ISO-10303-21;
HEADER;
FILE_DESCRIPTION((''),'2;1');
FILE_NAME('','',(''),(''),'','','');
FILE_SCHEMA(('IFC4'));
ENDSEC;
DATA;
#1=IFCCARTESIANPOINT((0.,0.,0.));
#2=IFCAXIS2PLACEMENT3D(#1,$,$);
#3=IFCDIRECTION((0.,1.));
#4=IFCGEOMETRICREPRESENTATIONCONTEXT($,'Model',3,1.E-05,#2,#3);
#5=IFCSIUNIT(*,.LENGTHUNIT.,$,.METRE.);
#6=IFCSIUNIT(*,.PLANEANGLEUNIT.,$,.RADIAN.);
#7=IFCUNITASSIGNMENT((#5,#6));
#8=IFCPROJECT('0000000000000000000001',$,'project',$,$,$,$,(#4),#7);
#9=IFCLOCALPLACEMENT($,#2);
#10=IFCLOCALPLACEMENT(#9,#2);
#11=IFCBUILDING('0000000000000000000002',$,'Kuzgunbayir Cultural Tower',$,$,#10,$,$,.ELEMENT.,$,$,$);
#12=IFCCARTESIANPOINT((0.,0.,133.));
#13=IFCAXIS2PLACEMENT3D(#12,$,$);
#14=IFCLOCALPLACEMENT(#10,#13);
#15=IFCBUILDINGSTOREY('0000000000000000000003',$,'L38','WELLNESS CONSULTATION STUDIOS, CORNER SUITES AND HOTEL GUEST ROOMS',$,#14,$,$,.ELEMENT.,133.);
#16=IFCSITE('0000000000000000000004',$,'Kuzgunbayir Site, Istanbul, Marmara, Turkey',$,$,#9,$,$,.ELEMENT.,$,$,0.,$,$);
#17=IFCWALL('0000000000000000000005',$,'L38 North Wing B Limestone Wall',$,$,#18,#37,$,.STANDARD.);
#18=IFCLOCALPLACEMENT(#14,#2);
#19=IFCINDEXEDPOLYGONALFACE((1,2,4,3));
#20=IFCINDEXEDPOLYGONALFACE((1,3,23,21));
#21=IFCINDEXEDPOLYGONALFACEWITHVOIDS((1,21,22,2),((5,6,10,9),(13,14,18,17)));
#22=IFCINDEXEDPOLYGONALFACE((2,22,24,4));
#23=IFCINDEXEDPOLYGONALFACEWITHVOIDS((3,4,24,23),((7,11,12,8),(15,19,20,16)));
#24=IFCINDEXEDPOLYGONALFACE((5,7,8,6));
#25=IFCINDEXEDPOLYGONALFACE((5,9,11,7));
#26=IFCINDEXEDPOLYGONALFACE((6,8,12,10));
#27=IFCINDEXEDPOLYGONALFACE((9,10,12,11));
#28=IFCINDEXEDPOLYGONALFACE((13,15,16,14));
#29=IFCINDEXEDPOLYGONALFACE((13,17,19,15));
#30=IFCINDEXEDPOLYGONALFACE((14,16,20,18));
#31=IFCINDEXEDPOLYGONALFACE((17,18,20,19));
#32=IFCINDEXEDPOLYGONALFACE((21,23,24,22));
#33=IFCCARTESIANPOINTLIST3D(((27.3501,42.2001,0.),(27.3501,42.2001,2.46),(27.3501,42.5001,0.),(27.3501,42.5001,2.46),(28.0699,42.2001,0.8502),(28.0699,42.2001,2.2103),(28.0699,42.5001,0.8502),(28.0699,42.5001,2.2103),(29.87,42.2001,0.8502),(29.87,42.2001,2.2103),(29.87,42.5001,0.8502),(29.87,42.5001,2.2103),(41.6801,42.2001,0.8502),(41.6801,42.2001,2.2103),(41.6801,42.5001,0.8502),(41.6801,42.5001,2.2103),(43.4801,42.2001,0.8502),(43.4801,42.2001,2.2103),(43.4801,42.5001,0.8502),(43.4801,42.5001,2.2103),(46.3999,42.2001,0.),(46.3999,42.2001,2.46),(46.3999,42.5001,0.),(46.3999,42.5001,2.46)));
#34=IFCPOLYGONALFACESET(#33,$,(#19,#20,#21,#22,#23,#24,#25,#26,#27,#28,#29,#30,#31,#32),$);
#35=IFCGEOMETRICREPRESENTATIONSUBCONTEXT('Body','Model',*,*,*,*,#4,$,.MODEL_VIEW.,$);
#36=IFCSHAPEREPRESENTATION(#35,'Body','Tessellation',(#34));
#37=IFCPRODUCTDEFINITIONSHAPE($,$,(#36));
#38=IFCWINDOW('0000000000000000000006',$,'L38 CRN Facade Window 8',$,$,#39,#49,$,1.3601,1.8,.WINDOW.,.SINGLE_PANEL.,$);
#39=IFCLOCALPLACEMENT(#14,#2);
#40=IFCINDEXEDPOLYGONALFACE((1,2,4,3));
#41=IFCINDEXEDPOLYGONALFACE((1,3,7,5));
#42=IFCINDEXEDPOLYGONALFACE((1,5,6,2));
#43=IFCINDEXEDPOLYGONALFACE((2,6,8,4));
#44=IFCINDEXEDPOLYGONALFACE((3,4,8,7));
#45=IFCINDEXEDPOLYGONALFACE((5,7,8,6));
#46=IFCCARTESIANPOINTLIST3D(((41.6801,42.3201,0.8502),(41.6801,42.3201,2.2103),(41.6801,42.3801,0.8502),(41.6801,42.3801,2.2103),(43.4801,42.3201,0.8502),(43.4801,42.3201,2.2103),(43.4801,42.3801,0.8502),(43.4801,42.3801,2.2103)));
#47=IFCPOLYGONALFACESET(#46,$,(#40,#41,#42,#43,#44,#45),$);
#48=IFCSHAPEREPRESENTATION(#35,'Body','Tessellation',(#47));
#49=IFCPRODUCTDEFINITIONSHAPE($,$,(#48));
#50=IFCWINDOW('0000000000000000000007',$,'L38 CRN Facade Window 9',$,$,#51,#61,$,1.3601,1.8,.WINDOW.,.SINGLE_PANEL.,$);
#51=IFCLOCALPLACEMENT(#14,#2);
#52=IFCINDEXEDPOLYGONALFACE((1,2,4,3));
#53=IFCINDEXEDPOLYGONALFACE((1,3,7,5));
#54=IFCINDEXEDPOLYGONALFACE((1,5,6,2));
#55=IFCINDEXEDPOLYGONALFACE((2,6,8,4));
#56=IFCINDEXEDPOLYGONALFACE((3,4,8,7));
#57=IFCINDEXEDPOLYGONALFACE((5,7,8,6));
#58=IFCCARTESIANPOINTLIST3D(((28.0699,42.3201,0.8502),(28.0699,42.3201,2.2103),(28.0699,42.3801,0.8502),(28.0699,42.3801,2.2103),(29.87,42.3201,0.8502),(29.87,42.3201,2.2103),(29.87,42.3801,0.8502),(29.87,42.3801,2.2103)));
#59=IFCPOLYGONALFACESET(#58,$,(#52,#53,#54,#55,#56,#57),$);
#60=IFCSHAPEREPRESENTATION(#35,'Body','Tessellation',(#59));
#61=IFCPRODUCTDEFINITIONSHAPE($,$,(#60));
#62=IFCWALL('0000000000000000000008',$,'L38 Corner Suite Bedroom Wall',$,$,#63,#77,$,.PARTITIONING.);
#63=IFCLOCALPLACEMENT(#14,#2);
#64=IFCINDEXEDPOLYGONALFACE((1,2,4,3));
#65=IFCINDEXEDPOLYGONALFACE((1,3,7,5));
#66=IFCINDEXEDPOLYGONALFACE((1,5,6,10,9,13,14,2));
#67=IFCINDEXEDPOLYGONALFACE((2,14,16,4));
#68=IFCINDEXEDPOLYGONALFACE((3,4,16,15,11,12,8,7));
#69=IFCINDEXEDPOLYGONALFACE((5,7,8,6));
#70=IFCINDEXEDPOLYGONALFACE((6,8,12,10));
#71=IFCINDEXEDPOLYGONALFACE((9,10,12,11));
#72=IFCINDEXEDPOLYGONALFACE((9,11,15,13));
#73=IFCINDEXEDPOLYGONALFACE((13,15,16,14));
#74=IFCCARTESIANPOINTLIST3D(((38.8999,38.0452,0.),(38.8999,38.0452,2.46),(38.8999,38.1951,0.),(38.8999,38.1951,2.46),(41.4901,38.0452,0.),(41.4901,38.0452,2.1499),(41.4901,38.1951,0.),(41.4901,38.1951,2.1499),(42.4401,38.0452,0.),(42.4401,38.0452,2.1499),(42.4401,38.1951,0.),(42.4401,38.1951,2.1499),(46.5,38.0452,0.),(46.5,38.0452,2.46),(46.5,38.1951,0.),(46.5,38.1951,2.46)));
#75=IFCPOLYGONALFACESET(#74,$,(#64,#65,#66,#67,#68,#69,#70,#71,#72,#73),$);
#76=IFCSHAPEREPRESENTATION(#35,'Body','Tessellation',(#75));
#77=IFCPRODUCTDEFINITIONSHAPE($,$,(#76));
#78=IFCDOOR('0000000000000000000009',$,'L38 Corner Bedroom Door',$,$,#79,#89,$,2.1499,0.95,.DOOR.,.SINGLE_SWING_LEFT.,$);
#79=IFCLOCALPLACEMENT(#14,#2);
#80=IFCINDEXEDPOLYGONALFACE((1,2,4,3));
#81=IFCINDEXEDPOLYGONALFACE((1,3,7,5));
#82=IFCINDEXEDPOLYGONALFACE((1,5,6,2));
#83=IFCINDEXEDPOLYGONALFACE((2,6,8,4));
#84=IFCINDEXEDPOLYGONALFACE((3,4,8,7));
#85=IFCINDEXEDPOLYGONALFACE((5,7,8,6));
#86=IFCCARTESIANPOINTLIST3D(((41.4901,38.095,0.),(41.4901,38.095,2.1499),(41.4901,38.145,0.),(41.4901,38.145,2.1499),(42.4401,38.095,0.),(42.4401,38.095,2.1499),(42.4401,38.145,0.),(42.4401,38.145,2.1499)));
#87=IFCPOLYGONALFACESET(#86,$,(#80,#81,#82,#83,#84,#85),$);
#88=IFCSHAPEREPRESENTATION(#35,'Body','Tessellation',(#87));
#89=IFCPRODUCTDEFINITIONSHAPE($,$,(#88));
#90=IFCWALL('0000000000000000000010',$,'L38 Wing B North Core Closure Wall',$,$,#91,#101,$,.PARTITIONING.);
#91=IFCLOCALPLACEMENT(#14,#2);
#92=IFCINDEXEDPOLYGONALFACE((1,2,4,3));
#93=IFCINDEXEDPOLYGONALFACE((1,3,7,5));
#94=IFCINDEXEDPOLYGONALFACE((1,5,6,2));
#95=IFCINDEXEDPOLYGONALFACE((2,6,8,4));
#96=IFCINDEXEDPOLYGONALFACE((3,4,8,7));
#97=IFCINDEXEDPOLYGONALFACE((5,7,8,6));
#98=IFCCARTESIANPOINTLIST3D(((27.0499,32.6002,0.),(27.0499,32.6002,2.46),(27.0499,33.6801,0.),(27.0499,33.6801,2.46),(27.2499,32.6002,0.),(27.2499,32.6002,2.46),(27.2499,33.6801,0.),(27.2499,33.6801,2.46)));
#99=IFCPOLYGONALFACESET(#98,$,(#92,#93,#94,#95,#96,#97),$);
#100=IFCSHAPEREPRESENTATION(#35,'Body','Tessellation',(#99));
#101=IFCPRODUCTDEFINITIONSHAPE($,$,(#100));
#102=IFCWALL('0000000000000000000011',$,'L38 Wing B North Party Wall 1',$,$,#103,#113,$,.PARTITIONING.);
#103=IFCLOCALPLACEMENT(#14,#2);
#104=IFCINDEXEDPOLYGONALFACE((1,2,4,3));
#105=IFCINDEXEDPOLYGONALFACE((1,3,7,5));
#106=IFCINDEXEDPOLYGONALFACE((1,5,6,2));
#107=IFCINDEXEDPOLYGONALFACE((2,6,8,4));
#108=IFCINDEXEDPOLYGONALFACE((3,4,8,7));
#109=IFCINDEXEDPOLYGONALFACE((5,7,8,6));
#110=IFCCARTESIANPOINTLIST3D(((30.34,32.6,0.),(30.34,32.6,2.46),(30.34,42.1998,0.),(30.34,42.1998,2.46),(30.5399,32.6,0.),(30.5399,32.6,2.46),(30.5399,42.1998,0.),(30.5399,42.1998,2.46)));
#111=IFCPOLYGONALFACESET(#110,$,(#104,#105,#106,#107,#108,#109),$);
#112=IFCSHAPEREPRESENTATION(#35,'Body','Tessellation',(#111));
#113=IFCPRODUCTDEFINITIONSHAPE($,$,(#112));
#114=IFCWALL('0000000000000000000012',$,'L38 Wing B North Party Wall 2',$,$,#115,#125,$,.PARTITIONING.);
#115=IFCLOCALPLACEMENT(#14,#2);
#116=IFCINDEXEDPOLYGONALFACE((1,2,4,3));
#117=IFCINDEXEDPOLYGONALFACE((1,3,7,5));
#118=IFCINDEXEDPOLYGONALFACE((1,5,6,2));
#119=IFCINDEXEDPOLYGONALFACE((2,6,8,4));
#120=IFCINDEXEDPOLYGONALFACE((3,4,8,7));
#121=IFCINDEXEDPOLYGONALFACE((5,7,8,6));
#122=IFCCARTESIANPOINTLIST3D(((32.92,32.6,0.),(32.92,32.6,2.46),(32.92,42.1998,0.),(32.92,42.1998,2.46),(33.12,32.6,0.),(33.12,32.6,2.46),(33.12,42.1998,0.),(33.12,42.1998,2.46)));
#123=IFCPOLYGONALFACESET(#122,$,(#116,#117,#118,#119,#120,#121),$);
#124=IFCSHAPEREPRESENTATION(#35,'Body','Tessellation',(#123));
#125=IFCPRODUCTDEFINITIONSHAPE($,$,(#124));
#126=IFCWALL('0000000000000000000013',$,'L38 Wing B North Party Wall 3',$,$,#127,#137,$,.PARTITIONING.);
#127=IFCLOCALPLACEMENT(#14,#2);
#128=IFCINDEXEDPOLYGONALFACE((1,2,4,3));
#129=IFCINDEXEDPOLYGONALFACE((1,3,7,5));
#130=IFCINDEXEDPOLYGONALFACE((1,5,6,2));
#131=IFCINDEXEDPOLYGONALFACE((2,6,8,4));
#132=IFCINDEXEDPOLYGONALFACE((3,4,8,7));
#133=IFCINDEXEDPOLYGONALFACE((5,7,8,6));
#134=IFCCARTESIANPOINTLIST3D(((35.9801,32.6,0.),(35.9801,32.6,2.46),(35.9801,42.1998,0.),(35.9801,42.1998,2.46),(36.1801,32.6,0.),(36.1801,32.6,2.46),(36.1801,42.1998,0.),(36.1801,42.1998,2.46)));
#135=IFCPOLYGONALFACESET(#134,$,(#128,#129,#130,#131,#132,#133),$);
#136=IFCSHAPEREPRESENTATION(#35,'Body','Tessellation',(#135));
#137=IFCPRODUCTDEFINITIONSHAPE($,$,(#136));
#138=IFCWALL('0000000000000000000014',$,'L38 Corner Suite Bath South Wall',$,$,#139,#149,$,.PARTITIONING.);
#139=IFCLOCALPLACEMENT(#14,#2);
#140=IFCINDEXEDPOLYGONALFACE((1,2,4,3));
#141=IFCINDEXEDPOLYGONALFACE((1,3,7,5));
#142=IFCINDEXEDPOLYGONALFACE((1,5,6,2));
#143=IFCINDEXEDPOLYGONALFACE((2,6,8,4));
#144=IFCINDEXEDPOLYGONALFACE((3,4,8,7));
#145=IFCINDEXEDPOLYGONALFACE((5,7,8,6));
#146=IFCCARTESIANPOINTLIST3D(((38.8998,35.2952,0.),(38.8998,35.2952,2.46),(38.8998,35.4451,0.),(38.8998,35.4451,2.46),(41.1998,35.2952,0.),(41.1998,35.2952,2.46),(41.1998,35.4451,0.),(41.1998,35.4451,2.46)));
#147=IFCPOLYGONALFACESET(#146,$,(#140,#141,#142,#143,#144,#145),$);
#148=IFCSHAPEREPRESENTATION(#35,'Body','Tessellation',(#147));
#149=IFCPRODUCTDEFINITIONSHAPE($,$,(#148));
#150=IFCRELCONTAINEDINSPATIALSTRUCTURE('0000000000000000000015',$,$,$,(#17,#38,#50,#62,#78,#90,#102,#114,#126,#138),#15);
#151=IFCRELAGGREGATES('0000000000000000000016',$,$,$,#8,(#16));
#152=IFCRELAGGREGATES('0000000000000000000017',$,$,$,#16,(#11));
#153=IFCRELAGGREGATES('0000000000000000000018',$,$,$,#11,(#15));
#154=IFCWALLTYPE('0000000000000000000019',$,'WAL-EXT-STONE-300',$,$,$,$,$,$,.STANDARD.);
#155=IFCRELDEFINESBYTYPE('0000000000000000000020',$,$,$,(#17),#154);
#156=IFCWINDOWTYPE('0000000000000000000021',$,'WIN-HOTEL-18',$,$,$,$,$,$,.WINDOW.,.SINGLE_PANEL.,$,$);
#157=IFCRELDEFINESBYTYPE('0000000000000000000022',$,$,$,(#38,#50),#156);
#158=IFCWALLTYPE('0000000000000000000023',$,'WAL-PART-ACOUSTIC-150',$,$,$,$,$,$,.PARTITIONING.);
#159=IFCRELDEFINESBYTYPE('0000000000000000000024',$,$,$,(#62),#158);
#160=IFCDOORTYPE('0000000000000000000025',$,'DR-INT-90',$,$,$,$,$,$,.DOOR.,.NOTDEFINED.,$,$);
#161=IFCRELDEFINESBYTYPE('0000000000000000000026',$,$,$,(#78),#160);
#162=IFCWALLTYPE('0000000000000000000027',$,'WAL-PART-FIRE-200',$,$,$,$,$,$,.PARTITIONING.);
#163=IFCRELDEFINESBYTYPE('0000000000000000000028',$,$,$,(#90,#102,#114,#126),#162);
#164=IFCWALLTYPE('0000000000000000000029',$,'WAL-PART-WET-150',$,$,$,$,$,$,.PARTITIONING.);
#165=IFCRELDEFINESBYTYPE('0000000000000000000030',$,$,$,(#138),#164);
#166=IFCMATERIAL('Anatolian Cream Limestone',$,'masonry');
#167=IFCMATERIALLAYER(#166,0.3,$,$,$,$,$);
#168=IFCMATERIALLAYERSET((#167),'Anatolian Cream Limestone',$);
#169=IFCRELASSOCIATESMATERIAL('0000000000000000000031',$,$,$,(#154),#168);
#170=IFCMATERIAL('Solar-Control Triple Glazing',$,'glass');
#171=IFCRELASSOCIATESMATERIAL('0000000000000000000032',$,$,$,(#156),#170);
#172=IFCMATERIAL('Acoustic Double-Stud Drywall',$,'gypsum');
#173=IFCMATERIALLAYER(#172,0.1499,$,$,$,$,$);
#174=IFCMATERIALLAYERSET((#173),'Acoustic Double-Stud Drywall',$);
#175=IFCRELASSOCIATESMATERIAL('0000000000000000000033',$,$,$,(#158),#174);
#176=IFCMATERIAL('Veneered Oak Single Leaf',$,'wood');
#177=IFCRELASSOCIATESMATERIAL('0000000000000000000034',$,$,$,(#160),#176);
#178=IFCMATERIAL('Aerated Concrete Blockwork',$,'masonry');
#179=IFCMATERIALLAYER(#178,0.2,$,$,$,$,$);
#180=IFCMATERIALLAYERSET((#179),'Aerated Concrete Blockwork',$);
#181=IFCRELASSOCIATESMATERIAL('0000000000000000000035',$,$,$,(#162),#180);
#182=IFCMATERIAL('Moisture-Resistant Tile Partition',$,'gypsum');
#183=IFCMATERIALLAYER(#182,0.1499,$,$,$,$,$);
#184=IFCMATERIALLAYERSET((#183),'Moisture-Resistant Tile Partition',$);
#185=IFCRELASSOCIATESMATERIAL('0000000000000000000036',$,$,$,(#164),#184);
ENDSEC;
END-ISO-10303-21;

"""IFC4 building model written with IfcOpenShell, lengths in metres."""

from ifc_helpers import new_model, si_unit, direction, frame, frame_2d, origin, place, context, subcontext, project, spatial, rectangle, extrude, material, layer, layer_set, type_object, element, fill, save


model = new_model("IFC4")

# Units and contexts
model_context = context("Model", 3, precision=1e-05, world=origin(), true_north=direction((0.0, 1.0)))
body_context = subcontext(model_context, "Body", "Model", "MODEL_VIEW")
ifc_project = project(units=[si_unit("LENGTHUNIT", "METRE"), si_unit("PLANEANGLEUNIT", "RADIAN")], contexts=[model_context])

# Site, building, storey
site_placement = place(None, origin())
site = spatial("IfcSite", under=ifc_project, at=site_placement, Name="Kuzgunbayir Site, Istanbul, Marmara, Turkey", CompositionType="ELEMENT", RefElevation=0.0)
building_placement = place(site_placement, origin())
building = spatial("IfcBuilding", under=site, at=building_placement, Name="Kuzgunbayir Cultural Tower", CompositionType="ELEMENT")
storey_placement = place(building_placement, frame((0.0, 0.0, 133.0)))
storey = spatial("IfcBuildingStorey", under=building, at=storey_placement, Name="L38", Description="WELLNESS CONSULTATION STUDIOS, CORNER SUITES AND HOTEL GUEST ROOMS", CompositionType="ELEMENT", Elevation=133.0)

# Wall, openings, windows
ifc_material_1 = material(Name="Anatolian Cream Limestone", Category="masonry")
ifc_layer_1 = layer(ifc_material_1, 0.3)
ifc_layer_set_1 = layer_set([ifc_layer_1], Name="Anatolian Cream Limestone")
wall_type_1 = type_object("IfcWallType", Name="WAL-EXT-STONE-300", PredefinedType="STANDARD", material=ifc_layer_set_1)
wall_1_placement = place(storey_placement, frame((46.3999, 42.3501, 0.0), z_axis=(0.0, 0.0, 1.0), x_axis=(-1.0, 0.0, 0.0)))
wall_1 = element("IfcWall", 1, at=wall_1_placement, inside=storey, type_object=wall_type_1, Name="L38 North Wing B Limestone Wall", PredefinedType="STANDARD", context=body_context, shape_type="SweptSolid", body=[
    extrude(rectangle(XDim=19.0498, YDim=0.3, at=frame_2d((9.5249, 0.0))), origin(), (0.0, 0.0, 1.0), 2.46),
])
opening_1_placement = place(wall_1_placement, frame((2.9199, 0.0, 0.8501)))
opening_1 = element("IfcOpeningElement", 2, at=opening_1_placement, cuts=wall_1, PredefinedType="OPENING", context=body_context, shape_type="SweptSolid", body=[
    extrude(rectangle(XDim=1.8, YDim=1.3601, at=frame_2d((0.8999, 0.6802))), frame((0.0, 0.1602, 0.0), z_axis=(0.0, -1.0, 0.0), x_axis=(1.0, 0.0, 0.0)), (0.0, 0.0, 1.0), 0.3201),
])
opening_2_placement = place(wall_1_placement, frame((16.53, 0.0, 0.8501)))
opening_2 = element("IfcOpeningElement", 3, at=opening_2_placement, cuts=wall_1, PredefinedType="OPENING", context=body_context, shape_type="SweptSolid", body=[
    extrude(rectangle(XDim=1.8, YDim=1.3601, at=frame_2d((0.8999, 0.6802))), frame((0.0, 0.1602, 0.0), z_axis=(0.0, -1.0, 0.0), x_axis=(1.0, 0.0, 0.0)), (0.0, 0.0, 1.0), 0.3201),
])
ifc_material_2 = material(Name="Solar-Control Triple Glazing", Category="glass")
window_type = type_object("IfcWindowType", Name="WIN-HOTEL-18", PartitioningType="SINGLE_PANEL", PredefinedType="WINDOW", material=ifc_material_2)
window_1_placement = place(opening_1_placement, origin())
window_1 = element("IfcWindow", 4, at=window_1_placement, inside=storey, type_object=window_type, Name="L38 CRN Facade Window 8", OverallHeight=1.3601, OverallWidth=1.8, PartitioningType="SINGLE_PANEL", PredefinedType="WINDOW", context=body_context, shape_type="SweptSolid", body=[
    extrude(rectangle(XDim=1.8, YDim=1.3601, at=frame_2d((0.8999, 0.6802))), frame((0.0, 0.03, 0.0), z_axis=(0.0, -1.0, 0.0), x_axis=(1.0, 0.0, 0.0)), (0.0, 0.0, 1.0), 0.0601),
])
fill(opening_1, window_1)
window_2_placement = place(opening_2_placement, origin())
window_2 = element("IfcWindow", 5, at=window_2_placement, inside=storey, type_object=window_type, Name="L38 CRN Facade Window 9", OverallHeight=1.3601, OverallWidth=1.8, PartitioningType="SINGLE_PANEL", PredefinedType="WINDOW", context=body_context, shape_type="SweptSolid", body=[
    extrude(rectangle(XDim=1.8, YDim=1.3601, at=frame_2d((0.8999, 0.6802))), frame((0.0, 0.03, 0.0), z_axis=(0.0, -1.0, 0.0), x_axis=(1.0, 0.0, 0.0)), (0.0, 0.0, 1.0), 0.0601),
])
fill(opening_2, window_2)

# Wall, opening, door
ifc_material_3 = material(Name="Acoustic Double-Stud Drywall", Category="gypsum")
ifc_layer_2 = layer(ifc_material_3, 0.1499)
ifc_layer_set_2 = layer_set([ifc_layer_2], Name="Acoustic Double-Stud Drywall")
wall_type_2 = type_object("IfcWallType", Name="WAL-PART-ACOUSTIC-150", PredefinedType="PARTITIONING", material=ifc_layer_set_2)
wall_2_placement = place(storey_placement, frame((38.8999, 38.1201, 0.0), z_axis=(0.0, 0.0, 1.0), x_axis=(1.0, 0.0, 0.0)))
wall_2 = element("IfcWall", 6, at=wall_2_placement, inside=storey, type_object=wall_type_2, Name="L38 Corner Suite Bedroom Wall", PredefinedType="PARTITIONING", context=body_context, shape_type="SweptSolid", body=[
    extrude(rectangle(XDim=7.6001, YDim=0.1499, at=frame_2d((3.8, 0.0))), origin(), (0.0, 0.0, 1.0), 2.46),
])
opening_3_placement = place(wall_2_placement, frame((2.5901, 0.0, 0.0)))
opening_3 = element("IfcOpeningElement", 7, at=opening_3_placement, cuts=wall_2, PredefinedType="OPENING", context=body_context, shape_type="SweptSolid", body=[
    extrude(rectangle(XDim=0.95, YDim=2.1499, at=frame_2d((0.4751, 1.075))), frame((0.0, 0.085, 0.0), z_axis=(0.0, -1.0, 0.0), x_axis=(1.0, 0.0, 0.0)), (0.0, 0.0, 1.0), 0.1699),
])
ifc_material_4 = material(Name="Veneered Oak Single Leaf", Category="wood")
door_type_1 = type_object("IfcDoorType", Name="DR-INT-90", OperationType="NOTDEFINED", PredefinedType="DOOR", material=ifc_material_4)
door_1_placement = place(opening_3_placement, origin())
door_1 = element("IfcDoor", 8, at=door_1_placement, inside=storey, type_object=door_type_1, Name="L38 Corner Bedroom Door", OperationType="SINGLE_SWING_LEFT", OverallHeight=2.1499, OverallWidth=0.95, PredefinedType="DOOR", context=body_context, shape_type="SweptSolid", body=[
    extrude(rectangle(XDim=0.95, YDim=2.1499, at=frame_2d((0.4751, 1.075))), frame((0.0, 0.0249, 0.0), z_axis=(0.0, -1.0, 0.0), x_axis=(1.0, 0.0, 0.0)), (0.0, 0.0, 1.0), 0.05),
])
fill(opening_3, door_1)

# Shared definitions
ifc_material_5 = material(Name="Aerated Concrete Blockwork", Category="masonry")
ifc_layer_3 = layer(ifc_material_5, 0.2)
ifc_layer_set_3 = layer_set([ifc_layer_3], Name="Aerated Concrete Blockwork")
wall_type_3 = type_object("IfcWallType", Name="WAL-PART-FIRE-200", PredefinedType="PARTITIONING", material=ifc_layer_set_3)

# Walls
wall_3_placement = place(storey_placement, frame((27.1499, 32.6001, 0.0), z_axis=(0.0, 0.0, 1.0), x_axis=(0.0, 1.0, 0.0)))
element("IfcWall", 9, at=wall_3_placement, inside=storey, type_object=wall_type_3, Name="L38 Wing B North Core Closure Wall", PredefinedType="PARTITIONING", context=body_context, shape_type="SweptSolid", body=[
    extrude(rectangle(XDim=1.0798, YDim=0.2, at=frame_2d((0.54, 0.0))), origin(), (0.0, 0.0, 1.0), 2.46),
])
for number, where, z_axis, x_axis, name in (
    (10, (30.4399, 32.6001, 0.0), (0.0, 0.0, 1.0), (0.0, 1.0, 0.0), "L38 Wing B North Party Wall 1"),
    (11, (33.02, 32.6001, 0.0), (0.0, 0.0, 1.0), (0.0, 1.0, 0.0), "L38 Wing B North Party Wall 2"),
    (12, (36.0801, 32.6001, 0.0), (0.0, 0.0, 1.0), (0.0, 1.0, 0.0), "L38 Wing B North Party Wall 3"),
):
    element("IfcWall", number, at=place(storey_placement, frame(where, z_axis=z_axis, x_axis=x_axis)), inside=storey, type_object=wall_type_3, Name=name, PredefinedType="PARTITIONING", context=body_context, shape_type="SweptSolid", body=[
        extrude(rectangle(XDim=9.5999, YDim=0.2, at=frame_2d((4.7998, 0.0))), origin(), (0.0, 0.0, 1.0), 2.46),
    ])
ifc_material_6 = material(Name="Moisture-Resistant Tile Partition", Category="gypsum")
ifc_layer_4 = layer(ifc_material_6, 0.1499)
ifc_layer_set_4 = layer_set([ifc_layer_4], Name="Moisture-Resistant Tile Partition")
wall_type_4 = type_object("IfcWallType", Name="WAL-PART-WET-150", PredefinedType="PARTITIONING", material=ifc_layer_set_4)
wall_4_placement = place(storey_placement, frame((38.8999, 35.3701, 0.0), z_axis=(0.0, 0.0, 1.0), x_axis=(1.0, 0.0, 0.0)))
element("IfcWall", 13, at=wall_4_placement, inside=storey, type_object=wall_type_4, Name="L38 Corner Suite Bath South Wall", PredefinedType="PARTITIONING", context=body_context, shape_type="SweptSolid", body=[
    extrude(rectangle(XDim=2.3, YDim=0.1499, at=frame_2d((1.1499, 0.0))), origin(), (0.0, 0.0, 1.0), 2.46),
])

save(model, "model.ifc")
